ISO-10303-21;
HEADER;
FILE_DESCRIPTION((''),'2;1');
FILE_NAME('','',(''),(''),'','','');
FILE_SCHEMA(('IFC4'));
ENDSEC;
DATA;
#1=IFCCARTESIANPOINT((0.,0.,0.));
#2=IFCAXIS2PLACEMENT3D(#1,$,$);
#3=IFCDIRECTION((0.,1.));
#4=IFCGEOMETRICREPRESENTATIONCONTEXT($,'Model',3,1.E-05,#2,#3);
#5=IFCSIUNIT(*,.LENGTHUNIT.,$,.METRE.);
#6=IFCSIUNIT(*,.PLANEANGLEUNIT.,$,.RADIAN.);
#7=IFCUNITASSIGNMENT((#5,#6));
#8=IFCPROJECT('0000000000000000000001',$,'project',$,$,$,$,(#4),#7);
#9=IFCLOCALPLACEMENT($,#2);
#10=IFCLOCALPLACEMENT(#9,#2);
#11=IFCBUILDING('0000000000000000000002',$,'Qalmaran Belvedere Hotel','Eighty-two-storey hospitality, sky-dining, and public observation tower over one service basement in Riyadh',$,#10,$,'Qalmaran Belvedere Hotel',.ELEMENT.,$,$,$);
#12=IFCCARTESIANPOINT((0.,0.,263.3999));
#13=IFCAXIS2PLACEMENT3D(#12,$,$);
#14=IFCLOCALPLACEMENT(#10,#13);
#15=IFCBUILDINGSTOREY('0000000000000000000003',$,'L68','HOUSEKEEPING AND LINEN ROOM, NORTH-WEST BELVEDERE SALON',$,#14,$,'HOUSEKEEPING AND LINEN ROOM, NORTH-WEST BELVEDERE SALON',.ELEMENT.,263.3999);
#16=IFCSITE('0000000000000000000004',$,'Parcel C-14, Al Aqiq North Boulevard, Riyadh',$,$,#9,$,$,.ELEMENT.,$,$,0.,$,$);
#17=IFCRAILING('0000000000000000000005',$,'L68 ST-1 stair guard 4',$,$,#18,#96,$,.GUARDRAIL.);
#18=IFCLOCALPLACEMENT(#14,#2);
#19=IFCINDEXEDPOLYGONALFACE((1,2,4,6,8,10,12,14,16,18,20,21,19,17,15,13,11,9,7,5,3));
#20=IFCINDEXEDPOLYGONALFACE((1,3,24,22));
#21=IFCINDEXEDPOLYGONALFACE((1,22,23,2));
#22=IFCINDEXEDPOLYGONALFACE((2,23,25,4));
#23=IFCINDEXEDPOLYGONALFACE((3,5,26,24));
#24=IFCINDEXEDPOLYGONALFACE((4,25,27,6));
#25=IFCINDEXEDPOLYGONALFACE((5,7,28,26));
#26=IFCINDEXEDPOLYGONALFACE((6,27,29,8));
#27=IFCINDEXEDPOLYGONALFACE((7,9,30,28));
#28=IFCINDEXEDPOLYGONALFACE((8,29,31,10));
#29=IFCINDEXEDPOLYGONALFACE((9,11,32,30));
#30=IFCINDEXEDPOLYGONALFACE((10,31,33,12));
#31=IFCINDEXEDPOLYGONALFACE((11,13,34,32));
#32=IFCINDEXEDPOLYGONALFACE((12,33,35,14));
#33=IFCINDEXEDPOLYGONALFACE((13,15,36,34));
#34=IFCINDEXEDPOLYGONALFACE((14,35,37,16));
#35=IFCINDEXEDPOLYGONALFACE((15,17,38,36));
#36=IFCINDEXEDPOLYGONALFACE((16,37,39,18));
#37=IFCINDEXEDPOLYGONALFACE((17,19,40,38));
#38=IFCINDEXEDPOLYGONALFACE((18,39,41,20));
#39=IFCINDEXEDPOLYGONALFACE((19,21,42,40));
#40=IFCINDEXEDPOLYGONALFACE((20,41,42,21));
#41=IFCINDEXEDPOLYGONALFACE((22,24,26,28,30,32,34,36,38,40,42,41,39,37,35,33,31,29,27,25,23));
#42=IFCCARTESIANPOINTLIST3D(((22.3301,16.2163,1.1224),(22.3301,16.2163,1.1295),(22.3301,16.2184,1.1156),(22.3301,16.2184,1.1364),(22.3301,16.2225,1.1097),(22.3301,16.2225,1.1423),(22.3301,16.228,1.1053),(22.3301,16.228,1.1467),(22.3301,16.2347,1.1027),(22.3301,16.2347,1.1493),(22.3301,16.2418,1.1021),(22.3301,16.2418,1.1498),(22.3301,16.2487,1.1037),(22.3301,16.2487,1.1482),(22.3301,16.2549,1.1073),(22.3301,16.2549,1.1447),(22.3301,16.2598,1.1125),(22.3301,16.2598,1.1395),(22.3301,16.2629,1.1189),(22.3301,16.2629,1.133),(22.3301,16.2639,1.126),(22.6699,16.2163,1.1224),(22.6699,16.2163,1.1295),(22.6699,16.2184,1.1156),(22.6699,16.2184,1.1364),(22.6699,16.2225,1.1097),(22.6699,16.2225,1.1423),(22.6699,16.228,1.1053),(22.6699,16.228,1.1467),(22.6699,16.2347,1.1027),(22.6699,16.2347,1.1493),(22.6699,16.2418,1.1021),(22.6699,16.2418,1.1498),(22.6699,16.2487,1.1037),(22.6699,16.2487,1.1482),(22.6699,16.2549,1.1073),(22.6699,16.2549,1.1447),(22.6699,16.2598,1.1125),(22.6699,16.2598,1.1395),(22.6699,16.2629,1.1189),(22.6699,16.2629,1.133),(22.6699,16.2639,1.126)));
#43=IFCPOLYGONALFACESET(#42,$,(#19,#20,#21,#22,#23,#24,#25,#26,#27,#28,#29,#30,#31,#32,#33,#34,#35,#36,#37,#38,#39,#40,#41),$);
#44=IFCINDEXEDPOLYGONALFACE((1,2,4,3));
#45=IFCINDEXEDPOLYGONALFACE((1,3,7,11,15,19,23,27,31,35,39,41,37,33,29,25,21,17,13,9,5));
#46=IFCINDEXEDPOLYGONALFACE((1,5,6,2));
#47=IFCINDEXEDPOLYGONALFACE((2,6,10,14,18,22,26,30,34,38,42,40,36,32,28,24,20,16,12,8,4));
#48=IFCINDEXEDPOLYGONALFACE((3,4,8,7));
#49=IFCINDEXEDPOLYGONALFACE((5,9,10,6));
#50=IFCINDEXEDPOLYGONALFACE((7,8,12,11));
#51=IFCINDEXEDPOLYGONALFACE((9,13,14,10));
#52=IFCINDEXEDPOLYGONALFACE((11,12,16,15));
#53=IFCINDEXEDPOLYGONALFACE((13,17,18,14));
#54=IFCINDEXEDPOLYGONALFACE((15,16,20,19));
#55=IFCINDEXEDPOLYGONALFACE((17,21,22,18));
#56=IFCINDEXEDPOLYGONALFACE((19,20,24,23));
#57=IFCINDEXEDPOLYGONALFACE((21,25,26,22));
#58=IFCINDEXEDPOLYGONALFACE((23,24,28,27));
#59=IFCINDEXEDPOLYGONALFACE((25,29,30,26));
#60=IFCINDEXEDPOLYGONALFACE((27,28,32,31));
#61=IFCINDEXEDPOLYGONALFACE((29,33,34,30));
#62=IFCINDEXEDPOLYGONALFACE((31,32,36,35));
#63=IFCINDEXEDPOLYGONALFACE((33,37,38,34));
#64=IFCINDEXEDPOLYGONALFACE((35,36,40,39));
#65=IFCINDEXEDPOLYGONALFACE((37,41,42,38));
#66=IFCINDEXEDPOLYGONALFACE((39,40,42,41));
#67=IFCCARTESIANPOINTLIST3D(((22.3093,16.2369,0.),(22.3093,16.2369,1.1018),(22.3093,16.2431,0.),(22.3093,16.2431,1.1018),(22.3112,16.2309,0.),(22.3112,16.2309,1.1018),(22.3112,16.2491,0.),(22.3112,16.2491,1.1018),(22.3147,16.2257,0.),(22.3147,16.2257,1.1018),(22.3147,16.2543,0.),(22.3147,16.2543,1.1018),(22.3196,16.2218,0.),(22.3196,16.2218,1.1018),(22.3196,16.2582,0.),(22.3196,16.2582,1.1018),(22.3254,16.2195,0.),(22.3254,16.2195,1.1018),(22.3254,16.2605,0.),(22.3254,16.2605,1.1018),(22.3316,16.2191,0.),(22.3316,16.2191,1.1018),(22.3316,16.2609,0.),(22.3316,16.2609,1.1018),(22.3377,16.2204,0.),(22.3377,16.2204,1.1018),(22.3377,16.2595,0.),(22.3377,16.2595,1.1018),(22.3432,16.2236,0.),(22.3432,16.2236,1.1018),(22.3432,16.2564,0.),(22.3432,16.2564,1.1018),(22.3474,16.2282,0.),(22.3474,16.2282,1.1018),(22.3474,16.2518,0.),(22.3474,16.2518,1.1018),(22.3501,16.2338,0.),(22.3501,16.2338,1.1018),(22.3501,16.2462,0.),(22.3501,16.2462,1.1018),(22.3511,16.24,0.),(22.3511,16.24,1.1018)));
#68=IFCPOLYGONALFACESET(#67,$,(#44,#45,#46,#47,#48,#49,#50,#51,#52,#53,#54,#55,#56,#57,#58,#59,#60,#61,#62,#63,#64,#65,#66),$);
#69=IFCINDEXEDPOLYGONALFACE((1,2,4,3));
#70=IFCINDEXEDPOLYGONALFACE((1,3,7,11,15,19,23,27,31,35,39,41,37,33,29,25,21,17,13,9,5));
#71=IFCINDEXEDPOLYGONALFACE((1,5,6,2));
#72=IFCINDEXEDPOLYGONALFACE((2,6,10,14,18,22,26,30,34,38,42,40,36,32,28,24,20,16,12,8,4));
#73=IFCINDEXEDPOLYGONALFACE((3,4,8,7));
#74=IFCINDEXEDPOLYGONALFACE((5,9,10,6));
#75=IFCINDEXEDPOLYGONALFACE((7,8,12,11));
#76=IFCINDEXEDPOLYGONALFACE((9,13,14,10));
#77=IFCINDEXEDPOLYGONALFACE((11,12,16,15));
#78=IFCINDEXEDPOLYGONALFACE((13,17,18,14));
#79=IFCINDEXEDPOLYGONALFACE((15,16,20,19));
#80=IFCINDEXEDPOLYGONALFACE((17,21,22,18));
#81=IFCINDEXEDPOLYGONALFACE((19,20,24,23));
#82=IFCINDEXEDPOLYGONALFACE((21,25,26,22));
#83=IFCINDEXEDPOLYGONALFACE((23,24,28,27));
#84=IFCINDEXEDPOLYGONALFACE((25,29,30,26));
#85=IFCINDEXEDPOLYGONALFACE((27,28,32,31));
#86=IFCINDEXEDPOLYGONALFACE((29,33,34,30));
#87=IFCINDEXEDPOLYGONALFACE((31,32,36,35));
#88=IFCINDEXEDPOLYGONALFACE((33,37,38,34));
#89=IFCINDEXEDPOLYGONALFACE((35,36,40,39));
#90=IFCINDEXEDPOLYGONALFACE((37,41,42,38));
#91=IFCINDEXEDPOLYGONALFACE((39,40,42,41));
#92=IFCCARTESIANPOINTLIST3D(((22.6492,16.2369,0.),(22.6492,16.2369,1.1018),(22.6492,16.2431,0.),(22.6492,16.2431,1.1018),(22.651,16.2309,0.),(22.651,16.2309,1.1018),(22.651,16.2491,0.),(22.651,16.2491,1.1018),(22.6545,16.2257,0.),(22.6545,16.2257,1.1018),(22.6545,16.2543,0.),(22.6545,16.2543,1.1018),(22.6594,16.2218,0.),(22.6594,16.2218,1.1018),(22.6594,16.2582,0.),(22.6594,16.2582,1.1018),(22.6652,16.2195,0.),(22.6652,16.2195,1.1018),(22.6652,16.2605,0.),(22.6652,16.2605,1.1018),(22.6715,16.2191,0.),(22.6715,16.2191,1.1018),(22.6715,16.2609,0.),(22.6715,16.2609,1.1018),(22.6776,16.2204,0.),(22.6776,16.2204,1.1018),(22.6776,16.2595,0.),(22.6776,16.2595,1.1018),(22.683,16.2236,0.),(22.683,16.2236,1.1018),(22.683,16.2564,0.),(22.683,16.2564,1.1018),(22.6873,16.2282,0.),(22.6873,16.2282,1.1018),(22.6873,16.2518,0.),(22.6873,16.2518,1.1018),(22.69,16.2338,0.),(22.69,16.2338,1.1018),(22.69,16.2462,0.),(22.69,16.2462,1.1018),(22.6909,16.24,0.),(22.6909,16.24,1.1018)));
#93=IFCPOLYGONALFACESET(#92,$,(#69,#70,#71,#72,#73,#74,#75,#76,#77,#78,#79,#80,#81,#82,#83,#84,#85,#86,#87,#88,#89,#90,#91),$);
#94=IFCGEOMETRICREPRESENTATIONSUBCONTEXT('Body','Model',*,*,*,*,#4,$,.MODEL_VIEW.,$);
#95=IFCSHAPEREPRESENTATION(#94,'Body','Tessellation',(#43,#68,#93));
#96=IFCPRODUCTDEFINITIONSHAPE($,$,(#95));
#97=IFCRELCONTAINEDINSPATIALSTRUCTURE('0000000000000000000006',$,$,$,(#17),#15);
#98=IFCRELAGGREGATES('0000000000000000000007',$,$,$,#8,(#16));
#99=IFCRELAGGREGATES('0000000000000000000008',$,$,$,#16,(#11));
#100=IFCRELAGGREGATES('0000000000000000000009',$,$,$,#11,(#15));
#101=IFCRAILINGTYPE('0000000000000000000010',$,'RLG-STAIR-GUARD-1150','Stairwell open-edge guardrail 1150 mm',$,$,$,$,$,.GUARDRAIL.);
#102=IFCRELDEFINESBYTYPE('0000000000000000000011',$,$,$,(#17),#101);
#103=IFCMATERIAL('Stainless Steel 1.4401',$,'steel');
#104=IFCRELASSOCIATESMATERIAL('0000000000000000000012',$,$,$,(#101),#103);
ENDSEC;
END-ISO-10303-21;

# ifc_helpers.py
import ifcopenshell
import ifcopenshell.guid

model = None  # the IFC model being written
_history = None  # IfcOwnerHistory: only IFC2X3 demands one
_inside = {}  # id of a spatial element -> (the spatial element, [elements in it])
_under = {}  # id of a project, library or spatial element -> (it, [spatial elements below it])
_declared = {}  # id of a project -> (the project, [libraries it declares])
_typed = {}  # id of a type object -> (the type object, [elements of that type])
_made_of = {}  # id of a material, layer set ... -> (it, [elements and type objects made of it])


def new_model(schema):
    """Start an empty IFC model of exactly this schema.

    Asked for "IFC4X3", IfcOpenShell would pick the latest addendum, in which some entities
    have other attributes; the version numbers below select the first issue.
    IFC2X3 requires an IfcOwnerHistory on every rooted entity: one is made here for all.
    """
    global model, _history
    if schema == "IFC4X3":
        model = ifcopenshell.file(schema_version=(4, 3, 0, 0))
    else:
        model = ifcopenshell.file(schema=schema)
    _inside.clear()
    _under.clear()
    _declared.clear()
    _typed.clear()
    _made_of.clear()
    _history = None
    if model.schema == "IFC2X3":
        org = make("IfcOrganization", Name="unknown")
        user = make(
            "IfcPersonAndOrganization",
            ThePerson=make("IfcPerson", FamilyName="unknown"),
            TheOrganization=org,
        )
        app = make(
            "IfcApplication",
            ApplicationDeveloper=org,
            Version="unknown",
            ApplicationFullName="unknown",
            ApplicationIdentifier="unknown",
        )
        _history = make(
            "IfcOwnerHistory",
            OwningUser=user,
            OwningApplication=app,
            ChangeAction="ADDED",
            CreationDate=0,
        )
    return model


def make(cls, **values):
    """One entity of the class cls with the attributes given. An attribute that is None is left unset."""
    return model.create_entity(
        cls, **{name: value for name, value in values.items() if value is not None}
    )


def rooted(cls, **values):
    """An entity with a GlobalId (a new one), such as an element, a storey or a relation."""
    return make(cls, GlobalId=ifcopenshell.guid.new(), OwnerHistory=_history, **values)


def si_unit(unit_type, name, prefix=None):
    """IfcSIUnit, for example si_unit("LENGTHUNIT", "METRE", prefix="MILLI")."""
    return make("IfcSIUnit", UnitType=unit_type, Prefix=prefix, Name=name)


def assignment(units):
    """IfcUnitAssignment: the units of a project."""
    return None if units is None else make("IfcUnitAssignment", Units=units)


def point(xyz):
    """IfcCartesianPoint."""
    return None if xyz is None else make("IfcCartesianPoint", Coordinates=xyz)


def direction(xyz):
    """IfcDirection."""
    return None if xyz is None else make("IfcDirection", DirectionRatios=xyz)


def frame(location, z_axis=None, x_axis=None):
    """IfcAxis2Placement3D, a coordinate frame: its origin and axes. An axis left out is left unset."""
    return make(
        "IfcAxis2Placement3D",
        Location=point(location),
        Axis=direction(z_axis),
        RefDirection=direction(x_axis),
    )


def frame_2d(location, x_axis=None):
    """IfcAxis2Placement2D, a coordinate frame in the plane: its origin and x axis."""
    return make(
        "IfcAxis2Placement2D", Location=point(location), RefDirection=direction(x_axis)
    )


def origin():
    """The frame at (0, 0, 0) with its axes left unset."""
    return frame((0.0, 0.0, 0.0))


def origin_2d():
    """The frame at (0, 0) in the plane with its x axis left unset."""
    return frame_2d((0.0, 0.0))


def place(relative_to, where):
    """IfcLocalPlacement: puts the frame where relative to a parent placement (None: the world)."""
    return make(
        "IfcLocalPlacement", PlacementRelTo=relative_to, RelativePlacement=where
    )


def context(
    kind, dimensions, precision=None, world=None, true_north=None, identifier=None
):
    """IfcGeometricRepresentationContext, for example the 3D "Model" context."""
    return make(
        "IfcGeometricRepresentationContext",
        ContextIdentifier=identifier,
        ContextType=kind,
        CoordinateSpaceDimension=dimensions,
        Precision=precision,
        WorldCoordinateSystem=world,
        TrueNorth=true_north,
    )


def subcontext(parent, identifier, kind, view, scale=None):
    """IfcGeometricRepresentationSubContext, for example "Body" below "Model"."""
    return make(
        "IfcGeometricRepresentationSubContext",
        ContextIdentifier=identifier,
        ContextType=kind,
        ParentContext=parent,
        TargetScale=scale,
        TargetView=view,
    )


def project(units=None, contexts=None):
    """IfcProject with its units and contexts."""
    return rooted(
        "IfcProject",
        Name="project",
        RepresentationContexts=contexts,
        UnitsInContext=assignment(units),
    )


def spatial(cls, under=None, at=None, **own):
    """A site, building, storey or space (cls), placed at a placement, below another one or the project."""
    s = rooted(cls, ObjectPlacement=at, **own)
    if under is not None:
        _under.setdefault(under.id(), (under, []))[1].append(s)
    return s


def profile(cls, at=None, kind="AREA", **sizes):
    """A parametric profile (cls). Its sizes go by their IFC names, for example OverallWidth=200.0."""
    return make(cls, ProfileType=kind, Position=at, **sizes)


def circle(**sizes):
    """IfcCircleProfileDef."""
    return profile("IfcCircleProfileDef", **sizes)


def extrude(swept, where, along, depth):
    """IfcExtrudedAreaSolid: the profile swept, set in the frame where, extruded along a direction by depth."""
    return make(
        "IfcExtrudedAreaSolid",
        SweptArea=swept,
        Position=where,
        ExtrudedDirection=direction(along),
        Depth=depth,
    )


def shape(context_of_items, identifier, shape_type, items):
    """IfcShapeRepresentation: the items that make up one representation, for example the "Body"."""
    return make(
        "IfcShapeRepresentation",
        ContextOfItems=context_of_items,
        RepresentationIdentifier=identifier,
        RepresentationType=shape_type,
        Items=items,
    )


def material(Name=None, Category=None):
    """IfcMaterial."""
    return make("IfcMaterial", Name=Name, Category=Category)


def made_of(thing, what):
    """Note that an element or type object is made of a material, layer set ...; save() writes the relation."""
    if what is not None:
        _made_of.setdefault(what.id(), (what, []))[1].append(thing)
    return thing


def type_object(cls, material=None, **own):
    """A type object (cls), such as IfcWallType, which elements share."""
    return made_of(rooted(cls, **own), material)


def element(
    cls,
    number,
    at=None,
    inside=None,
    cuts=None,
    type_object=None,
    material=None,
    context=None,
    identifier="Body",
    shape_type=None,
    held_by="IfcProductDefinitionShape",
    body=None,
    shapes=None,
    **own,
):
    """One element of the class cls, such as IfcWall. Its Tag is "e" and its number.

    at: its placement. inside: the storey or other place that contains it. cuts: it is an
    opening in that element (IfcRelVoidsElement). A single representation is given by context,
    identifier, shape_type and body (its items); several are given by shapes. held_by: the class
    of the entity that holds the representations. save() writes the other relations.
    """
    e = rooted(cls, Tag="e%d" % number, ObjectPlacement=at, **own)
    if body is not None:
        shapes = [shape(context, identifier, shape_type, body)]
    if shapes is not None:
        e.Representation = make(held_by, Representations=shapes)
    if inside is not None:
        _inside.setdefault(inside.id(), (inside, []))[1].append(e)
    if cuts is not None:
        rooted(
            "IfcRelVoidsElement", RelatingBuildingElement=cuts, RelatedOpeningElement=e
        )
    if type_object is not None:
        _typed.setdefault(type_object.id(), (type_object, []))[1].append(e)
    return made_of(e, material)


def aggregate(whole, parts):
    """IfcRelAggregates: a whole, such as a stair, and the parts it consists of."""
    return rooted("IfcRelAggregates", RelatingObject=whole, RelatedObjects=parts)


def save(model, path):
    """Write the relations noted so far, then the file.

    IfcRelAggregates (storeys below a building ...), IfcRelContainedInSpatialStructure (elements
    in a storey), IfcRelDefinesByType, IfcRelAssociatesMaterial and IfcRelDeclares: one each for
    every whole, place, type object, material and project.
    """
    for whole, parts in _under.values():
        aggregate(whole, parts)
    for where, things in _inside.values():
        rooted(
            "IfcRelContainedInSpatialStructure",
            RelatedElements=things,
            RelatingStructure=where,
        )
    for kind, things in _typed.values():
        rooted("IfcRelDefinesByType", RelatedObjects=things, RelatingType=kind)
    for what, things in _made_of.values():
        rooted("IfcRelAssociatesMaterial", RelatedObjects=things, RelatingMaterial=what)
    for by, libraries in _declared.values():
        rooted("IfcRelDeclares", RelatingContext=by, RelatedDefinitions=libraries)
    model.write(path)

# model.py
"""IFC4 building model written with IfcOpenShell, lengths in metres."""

from ifc_helpers import new_model, si_unit, direction, frame, origin, origin_2d, place, context, subcontext, project, spatial, circle, extrude, material, type_object, element, save


model = new_model("IFC4")

# Units and contexts
model_context = context("Model", 3, precision=1e-05, world=origin(), true_north=direction((0.0, 1.0)))
body_context = subcontext(model_context, "Body", "Model", "MODEL_VIEW")
ifc_project = project(units=[si_unit("LENGTHUNIT", "METRE"), si_unit("PLANEANGLEUNIT", "RADIAN")], contexts=[model_context])

# Site, building, storey
site_placement = place(None, origin())
site = spatial("IfcSite", under=ifc_project, at=site_placement, Name="Parcel C-14, Al Aqiq North Boulevard, Riyadh", CompositionType="ELEMENT", RefElevation=0.0)
building_placement = place(site_placement, origin())
building = spatial("IfcBuilding", under=site, at=building_placement, Name="Qalmaran Belvedere Hotel", Description="Eighty-two-storey hospitality, sky-dining, and public observation tower over one service basement in Riyadh", LongName="Qalmaran Belvedere Hotel", CompositionType="ELEMENT")
storey_placement = place(building_placement, frame((0.0, 0.0, 263.3999)))
storey = spatial("IfcBuildingStorey", under=building, at=storey_placement, Name="L68", Description="HOUSEKEEPING AND LINEN ROOM, NORTH-WEST BELVEDERE SALON", LongName="HOUSEKEEPING AND LINEN ROOM, NORTH-WEST BELVEDERE SALON", CompositionType="ELEMENT", Elevation=263.3999)

# Railing
ifc_material_1 = material(Name="Stainless Steel 1.4401", Category="steel")
railing_type_1 = type_object("IfcRailingType", Name="RLG-STAIR-GUARD-1150", Description="Stairwell open-edge guardrail 1150 mm", PredefinedType="GUARDRAIL", material=ifc_material_1)
railing_1_placement = place(storey_placement, frame((22.3301, 16.24, 0.0)))
element("IfcRailing", 1, at=railing_1_placement, inside=storey, type_object=railing_type_1, Name="L68 ST-1 stair guard 4", PredefinedType="GUARDRAIL", context=body_context, shape_type="SweptSolid", body=[
    extrude(circle(Radius=0.0239, at=origin_2d()), frame((0.0, 0.0, 1.126), z_axis=(1.0, 0.0, 0.0), x_axis=(0.0, 1.0, 0.0)), (0.0, 0.0, 1.0), 0.3398),
    extrude(circle(Radius=0.021, at=origin_2d()), origin(), (0.0, 0.0, 1.0), 1.1018),
    extrude(circle(Radius=0.021, at=origin_2d()), frame((0.3398, 0.0, 0.0)), (0.0, 0.0, 1.0), 1.1018),
])

save(model, "model.ifc")
